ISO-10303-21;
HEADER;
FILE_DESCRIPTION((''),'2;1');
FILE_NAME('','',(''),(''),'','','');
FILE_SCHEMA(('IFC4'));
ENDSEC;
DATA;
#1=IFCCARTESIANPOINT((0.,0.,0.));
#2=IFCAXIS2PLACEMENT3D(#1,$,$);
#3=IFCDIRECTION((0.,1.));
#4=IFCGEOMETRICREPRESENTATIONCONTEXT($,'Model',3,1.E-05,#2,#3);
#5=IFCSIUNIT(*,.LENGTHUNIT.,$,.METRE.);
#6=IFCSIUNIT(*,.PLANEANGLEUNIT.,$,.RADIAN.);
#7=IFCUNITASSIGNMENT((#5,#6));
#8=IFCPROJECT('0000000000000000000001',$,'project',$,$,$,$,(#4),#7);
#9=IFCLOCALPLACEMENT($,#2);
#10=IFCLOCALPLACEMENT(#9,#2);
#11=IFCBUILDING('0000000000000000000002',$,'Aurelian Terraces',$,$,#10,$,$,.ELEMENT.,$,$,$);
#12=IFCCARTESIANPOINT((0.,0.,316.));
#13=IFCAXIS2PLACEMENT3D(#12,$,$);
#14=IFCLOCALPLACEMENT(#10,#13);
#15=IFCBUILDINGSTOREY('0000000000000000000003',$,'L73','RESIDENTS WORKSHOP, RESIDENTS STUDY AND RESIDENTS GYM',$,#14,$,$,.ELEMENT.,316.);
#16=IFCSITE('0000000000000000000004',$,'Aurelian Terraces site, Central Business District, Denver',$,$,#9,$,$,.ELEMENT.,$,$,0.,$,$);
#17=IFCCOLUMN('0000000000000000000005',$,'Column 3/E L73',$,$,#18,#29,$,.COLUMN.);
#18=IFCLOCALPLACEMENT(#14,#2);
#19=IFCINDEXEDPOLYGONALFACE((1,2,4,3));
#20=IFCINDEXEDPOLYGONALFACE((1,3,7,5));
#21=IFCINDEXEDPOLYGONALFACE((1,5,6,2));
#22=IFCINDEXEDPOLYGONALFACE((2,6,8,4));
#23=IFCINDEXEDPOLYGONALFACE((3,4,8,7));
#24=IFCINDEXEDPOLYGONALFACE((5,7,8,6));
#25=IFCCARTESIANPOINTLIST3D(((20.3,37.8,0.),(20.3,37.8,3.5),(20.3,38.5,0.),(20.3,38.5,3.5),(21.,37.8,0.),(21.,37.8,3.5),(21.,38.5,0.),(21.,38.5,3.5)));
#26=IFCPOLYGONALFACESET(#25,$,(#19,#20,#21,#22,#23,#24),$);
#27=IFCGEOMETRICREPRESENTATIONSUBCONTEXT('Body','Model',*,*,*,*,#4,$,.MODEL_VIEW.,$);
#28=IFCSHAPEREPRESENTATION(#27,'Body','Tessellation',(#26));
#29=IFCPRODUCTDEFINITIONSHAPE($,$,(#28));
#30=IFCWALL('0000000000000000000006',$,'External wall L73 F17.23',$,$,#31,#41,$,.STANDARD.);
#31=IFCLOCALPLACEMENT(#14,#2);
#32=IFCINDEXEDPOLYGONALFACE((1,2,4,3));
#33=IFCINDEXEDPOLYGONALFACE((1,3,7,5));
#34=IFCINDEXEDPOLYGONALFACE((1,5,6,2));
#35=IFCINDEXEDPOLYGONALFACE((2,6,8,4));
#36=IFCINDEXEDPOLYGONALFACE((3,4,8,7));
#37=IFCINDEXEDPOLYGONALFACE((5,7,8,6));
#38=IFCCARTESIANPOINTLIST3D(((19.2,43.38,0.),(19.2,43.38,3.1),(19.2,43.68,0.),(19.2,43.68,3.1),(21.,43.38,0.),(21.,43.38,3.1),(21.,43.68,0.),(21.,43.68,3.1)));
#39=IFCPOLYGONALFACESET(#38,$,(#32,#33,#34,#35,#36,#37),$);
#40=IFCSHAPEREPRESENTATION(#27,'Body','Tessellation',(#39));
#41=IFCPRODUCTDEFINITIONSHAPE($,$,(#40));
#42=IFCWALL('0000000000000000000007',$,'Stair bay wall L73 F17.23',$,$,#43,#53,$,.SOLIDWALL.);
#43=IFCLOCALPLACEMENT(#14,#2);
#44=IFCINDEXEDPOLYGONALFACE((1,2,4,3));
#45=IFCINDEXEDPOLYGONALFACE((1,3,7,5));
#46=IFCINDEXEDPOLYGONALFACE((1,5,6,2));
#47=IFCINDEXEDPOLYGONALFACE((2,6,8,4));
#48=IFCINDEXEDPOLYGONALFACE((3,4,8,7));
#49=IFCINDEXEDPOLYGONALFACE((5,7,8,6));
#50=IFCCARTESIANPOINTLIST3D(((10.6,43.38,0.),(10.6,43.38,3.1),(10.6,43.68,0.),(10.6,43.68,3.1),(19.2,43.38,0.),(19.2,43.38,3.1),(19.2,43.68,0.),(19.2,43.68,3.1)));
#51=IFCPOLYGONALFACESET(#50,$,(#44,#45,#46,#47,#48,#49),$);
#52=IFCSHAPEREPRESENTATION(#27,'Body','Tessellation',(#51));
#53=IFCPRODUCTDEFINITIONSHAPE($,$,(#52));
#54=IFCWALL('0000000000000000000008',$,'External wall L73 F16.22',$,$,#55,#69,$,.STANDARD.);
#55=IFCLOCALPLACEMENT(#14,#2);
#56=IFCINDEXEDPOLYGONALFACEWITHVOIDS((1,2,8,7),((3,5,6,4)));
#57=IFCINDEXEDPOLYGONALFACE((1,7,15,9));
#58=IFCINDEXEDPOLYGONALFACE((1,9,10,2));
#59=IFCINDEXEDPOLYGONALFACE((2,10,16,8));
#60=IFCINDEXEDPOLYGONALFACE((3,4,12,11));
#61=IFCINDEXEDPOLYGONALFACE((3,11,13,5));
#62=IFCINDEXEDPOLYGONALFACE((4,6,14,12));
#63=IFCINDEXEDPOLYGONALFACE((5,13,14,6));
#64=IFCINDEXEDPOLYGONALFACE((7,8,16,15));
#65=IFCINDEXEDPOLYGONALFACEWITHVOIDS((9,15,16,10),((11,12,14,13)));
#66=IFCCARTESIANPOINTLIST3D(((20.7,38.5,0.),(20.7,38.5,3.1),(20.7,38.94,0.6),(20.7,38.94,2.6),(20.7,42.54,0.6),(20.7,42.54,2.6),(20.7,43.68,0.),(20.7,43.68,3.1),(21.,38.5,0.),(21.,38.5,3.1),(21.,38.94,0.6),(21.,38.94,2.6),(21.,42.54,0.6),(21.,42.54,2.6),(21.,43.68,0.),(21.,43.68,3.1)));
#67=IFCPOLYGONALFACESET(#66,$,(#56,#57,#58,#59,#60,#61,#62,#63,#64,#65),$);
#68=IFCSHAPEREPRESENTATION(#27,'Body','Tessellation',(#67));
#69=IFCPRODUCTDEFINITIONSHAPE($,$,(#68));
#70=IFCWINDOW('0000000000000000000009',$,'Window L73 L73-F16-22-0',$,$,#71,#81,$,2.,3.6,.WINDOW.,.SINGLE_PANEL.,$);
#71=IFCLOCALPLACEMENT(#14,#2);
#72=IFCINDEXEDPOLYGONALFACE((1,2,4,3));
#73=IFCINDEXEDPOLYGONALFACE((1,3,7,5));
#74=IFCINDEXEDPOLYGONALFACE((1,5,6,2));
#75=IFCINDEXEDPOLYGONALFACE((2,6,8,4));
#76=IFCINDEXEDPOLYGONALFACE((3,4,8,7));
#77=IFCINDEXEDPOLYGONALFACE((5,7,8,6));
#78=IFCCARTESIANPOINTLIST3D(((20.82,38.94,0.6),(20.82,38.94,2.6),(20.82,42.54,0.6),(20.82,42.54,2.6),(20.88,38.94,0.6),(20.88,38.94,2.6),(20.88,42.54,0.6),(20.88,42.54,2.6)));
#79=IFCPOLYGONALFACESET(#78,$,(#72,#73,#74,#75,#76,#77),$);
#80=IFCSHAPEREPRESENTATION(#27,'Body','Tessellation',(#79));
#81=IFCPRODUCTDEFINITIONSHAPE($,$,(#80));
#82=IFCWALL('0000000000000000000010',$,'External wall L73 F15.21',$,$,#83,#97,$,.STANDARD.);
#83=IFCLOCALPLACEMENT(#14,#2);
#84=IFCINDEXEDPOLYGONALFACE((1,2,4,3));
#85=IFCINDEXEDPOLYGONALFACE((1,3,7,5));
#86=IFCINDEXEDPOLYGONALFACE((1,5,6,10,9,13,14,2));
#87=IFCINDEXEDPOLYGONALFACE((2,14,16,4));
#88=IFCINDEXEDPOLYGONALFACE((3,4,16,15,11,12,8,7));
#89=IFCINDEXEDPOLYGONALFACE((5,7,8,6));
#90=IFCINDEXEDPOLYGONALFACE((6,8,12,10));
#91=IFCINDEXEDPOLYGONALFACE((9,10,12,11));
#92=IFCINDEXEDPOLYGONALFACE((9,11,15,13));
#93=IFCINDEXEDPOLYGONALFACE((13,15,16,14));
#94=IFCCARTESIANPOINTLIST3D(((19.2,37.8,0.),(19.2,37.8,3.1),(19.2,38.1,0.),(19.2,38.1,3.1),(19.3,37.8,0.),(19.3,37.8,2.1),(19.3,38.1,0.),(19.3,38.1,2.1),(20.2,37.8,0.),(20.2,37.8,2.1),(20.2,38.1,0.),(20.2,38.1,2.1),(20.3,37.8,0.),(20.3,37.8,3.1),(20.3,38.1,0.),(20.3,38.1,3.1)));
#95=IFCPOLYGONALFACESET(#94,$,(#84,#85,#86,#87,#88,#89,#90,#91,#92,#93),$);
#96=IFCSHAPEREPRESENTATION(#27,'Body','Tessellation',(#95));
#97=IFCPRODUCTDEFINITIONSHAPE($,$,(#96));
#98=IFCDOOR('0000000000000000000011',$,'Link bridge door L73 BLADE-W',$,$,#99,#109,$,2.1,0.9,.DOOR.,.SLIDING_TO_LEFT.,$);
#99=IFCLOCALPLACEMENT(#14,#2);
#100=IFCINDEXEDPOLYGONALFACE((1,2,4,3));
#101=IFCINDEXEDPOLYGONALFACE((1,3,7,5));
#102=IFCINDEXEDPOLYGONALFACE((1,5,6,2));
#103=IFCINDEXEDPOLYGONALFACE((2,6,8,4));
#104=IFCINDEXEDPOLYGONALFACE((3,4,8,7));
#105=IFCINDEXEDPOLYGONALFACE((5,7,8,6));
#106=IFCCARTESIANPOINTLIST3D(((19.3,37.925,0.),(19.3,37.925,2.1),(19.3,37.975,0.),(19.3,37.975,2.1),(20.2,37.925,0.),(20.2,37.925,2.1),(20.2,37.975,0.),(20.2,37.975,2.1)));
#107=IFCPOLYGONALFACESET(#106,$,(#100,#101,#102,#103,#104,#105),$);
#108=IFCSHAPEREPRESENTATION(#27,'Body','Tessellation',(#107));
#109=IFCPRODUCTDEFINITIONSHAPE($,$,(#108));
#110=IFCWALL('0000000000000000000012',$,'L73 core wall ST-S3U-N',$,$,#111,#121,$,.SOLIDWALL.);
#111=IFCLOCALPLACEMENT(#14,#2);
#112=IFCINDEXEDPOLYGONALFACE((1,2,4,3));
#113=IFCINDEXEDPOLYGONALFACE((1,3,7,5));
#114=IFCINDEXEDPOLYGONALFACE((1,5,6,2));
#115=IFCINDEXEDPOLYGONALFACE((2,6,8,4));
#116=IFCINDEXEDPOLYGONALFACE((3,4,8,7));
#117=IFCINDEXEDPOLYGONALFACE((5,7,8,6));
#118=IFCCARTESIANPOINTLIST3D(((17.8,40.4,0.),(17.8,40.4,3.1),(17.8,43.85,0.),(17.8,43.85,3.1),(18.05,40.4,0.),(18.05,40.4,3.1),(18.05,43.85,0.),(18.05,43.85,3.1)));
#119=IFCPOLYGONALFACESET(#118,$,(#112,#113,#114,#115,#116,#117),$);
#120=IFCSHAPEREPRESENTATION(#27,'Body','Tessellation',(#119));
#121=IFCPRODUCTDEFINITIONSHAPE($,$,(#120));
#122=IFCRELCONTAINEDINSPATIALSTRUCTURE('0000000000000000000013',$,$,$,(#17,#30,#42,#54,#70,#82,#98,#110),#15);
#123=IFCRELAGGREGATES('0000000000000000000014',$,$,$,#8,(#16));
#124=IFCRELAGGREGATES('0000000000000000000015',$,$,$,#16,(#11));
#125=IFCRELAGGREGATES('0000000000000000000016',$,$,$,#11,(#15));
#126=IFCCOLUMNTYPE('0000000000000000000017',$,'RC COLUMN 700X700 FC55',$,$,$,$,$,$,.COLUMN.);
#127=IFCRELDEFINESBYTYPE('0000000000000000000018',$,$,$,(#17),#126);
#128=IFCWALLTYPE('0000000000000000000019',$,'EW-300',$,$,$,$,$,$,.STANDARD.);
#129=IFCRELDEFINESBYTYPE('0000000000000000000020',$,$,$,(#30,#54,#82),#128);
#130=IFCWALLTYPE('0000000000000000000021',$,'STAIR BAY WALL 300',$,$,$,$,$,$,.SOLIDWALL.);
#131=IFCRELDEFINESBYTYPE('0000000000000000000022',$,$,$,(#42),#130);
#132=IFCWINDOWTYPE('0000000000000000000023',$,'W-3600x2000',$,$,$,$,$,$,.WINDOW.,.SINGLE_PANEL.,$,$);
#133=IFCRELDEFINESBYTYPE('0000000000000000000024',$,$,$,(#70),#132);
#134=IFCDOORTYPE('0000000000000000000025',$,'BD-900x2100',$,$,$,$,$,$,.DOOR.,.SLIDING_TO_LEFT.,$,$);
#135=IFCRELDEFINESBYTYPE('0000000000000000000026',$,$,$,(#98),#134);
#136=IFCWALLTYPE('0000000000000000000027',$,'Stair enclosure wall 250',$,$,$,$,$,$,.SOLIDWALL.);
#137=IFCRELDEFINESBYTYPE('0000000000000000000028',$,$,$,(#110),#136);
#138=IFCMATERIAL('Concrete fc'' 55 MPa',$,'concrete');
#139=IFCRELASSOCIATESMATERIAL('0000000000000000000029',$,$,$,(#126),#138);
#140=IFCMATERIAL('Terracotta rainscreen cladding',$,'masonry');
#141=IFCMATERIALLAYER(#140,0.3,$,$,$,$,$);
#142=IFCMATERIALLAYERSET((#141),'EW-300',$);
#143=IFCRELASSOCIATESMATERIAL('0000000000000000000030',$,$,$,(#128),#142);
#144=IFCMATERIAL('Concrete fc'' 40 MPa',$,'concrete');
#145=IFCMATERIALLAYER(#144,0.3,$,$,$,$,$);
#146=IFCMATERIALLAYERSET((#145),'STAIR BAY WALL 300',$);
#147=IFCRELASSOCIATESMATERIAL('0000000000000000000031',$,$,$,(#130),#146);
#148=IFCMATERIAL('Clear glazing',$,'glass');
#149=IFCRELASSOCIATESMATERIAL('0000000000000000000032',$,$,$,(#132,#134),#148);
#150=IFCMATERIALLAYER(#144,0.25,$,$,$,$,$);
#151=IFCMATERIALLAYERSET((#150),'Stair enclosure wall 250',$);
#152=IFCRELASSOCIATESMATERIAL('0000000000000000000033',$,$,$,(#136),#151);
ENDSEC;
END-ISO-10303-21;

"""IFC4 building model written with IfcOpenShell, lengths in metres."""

from ifc_helpers import new_model, si_unit, direction, frame, frame_2d, origin, origin_2d, place, context, subcontext, project, spatial, rectangle, extrude, source, transform, mapped, material, layer, layer_set, material_profile, profile_set, type_object, element, fill, save


model = new_model("IFC4")

# Units and contexts
model_context = context("Model", 3, precision=1e-05, world=origin(), true_north=direction((0.0, 1.0)))
body_context = subcontext(model_context, "Body", "Model", "MODEL_VIEW")
ifc_project = project(units=[si_unit("LENGTHUNIT", "METRE"), si_unit("PLANEANGLEUNIT", "RADIAN")], contexts=[model_context])

# Site, building, storey
site_placement = place(None, origin())
site = spatial("IfcSite", under=ifc_project, at=site_placement, Name="Aurelian Terraces site, Central Business District, Denver", CompositionType="ELEMENT", RefElevation=0.0)
building_placement = place(site_placement, origin())
building = spatial("IfcBuilding", under=site, at=building_placement, Name="Aurelian Terraces", CompositionType="ELEMENT")
storey_placement = place(building_placement, frame((0.0, 0.0, 316.0)))
storey = spatial("IfcBuildingStorey", under=building, at=storey_placement, Name="L73", Description="RESIDENTS WORKSHOP, RESIDENTS STUDY AND RESIDENTS GYM", CompositionType="ELEMENT", Elevation=316.0)

# Column
ifc_material_1 = material(Name="Concrete fc' 55 MPa", Category="concrete")
ifc_material_profile = material_profile(ifc_material_1, rectangle(XDim=0.7, YDim=0.7, at=origin_2d()))
ifc_profile_set = profile_set([ifc_material_profile], Name="Concrete fc' 55 MPa")
column_type = type_object("IfcColumnType", Name="RC COLUMN 700X700 FC55", PredefinedType="COLUMN", material=ifc_profile_set)
shared_shape_1 = source(origin(), body_context, "Body", "SweptSolid", [
    extrude(rectangle(XDim=0.7, YDim=0.7, at=origin_2d()), origin(), (0.0, 0.0, 1.0), 3.5),
])
column_placement = place(storey_placement, frame((20.65, 38.15, 0.0), z_axis=(0.0, 0.0, 1.0), x_axis=(1.0, 0.0, 0.0)))
element("IfcColumn", 1, at=column_placement, inside=storey, type_object=column_type, Name="Column 3/E L73", PredefinedType="COLUMN", context=body_context, shape_type="MappedRepresentation", body=[
    mapped(shared_shape_1, transform((0.0, 0.0, 0.0), scale=1.0)),
])

# Walls
ifc_material_2 = material(Name="Terracotta rainscreen cladding", Category="masonry")
ifc_layer_1 = layer(ifc_material_2, 0.3)
ifc_layer_set_1 = layer_set([ifc_layer_1], Name="EW-300")
wall_type_1 = type_object("IfcWallType", Name="EW-300", PredefinedType="STANDARD", material=ifc_layer_set_1)
shared_shape_2 = source(origin(), body_context, "Body", "SweptSolid", [
    extrude(rectangle(XDim=1.8, YDim=0.3, at=frame_2d((0.9, 0.0))), origin(), (0.0, 0.0, 1.0), 3.1),
])
wall_1_placement = place(storey_placement, frame((21.0, 43.53, 0.0), z_axis=(0.0, 0.0, 1.0), x_axis=(-1.0, 0.0, 0.0)))
element("IfcWall", 2, at=wall_1_placement, inside=storey, type_object=wall_type_1, Name="External wall L73 F17.23", PredefinedType="STANDARD", context=body_context, shape_type="MappedRepresentation", body=[
    mapped(shared_shape_2, transform((0.0, 0.0, 0.0), scale=1.0)),
])
ifc_material_3 = material(Name="Concrete fc' 40 MPa", Category="concrete")
ifc_layer_2 = layer(ifc_material_3, 0.3)
ifc_layer_set_2 = layer_set([ifc_layer_2], Name="STAIR BAY WALL 300")
wall_type_2 = type_object("IfcWallType", Name="STAIR BAY WALL 300", PredefinedType="SOLIDWALL", material=ifc_layer_set_2)
shared_shape_3 = source(origin(), body_context, "Body", "SweptSolid", [
    extrude(rectangle(XDim=8.6, YDim=0.3, at=frame_2d((4.3, 0.0))), origin(), (0.0, 0.0, 1.0), 3.1),
])
wall_2_placement = place(storey_placement, frame((19.2, 43.53, 0.0), z_axis=(0.0, 0.0, 1.0), x_axis=(-1.0, 0.0, 0.0)))
element("IfcWall", 3, at=wall_2_placement, inside=storey, type_object=wall_type_2, Name="Stair bay wall L73 F17.23", PredefinedType="SOLIDWALL", context=body_context, shape_type="MappedRepresentation", body=[
    mapped(shared_shape_3, transform((0.0, 0.0, 0.0), scale=1.0)),
])

# Wall, opening, window
shared_shape_4 = source(origin(), body_context, "Body", "SweptSolid", [
    extrude(rectangle(XDim=5.18, YDim=0.3, at=frame_2d((2.59, 0.0))), origin(), (0.0, 0.0, 1.0), 3.1),
])
wall_3_placement = place(storey_placement, frame((20.85, 38.5, 0.0), z_axis=(0.0, 0.0, 1.0), x_axis=(0.0, 1.0, 0.0)))
wall_3 = element("IfcWall", 4, at=wall_3_placement, inside=storey, type_object=wall_type_1, Name="External wall L73 F16.22", PredefinedType="STANDARD", context=body_context, shape_type="MappedRepresentation", body=[
    mapped(shared_shape_4, transform((0.0, 0.0, 0.0), scale=1.0)),
])
shared_shape_5 = source(origin(), body_context, "Body", "SweptSolid", [
    extrude(rectangle(XDim=3.6, YDim=2.0, at=frame_2d((1.8, 1.0))), frame((0.0, 0.16, 0.0), z_axis=(0.0, -1.0, 0.0), x_axis=(1.0, 0.0, 0.0)), (0.0, 0.0, 1.0), 0.32),
])
opening_1_placement = place(wall_3_placement, frame((0.44, 0.0, 0.6)))
opening_1 = element("IfcOpeningElement", 5, at=opening_1_placement, cuts=wall_3, PredefinedType="OPENING", context=body_context, shape_type="MappedRepresentation", body=[
    mapped(shared_shape_5, transform((0.0, 0.0, 0.0), scale=1.0)),
])
ifc_material_4 = material(Name="Clear glazing", Category="glass")
window_type = type_object("IfcWindowType", Name="W-3600x2000", PartitioningType="SINGLE_PANEL", PredefinedType="WINDOW", material=ifc_material_4)
shared_shape_6 = source(origin(), body_context, "Body", "SweptSolid", [
    extrude(rectangle(XDim=3.6, YDim=2.0, at=frame_2d((1.8, 1.0))), frame((0.0, 0.03, 0.0), z_axis=(0.0, -1.0, 0.0), x_axis=(1.0, 0.0, 0.0)), (0.0, 0.0, 1.0), 0.06),
])
window_placement = place(opening_1_placement, origin())
window = element("IfcWindow", 6, at=window_placement, inside=storey, type_object=window_type, Name="Window L73 L73-F16-22-0", OverallHeight=2.0, OverallWidth=3.6, PartitioningType="SINGLE_PANEL", PredefinedType="WINDOW", context=body_context, shape_type="MappedRepresentation", body=[
    mapped(shared_shape_6, transform((0.0, 0.0, 0.0), scale=1.0)),
])
fill(opening_1, window)

# Wall, opening, door
shared_shape_7 = source(origin(), body_context, "Body", "SweptSolid", [
    extrude(rectangle(XDim=1.1, YDim=0.3, at=frame_2d((0.55, 0.0))), origin(), (0.0, 0.0, 1.0), 3.1),
])
wall_4_placement = place(storey_placement, frame((19.2, 37.95, 0.0), z_axis=(0.0, 0.0, 1.0), x_axis=(1.0, 0.0, 0.0)))
wall_4 = element("IfcWall", 7, at=wall_4_placement, inside=storey, type_object=wall_type_1, Name="External wall L73 F15.21", PredefinedType="STANDARD", context=body_context, shape_type="MappedRepresentation", body=[
    mapped(shared_shape_7, transform((0.0, 0.0, 0.0), scale=1.0)),
])
opening_2_placement = place(wall_4_placement, frame((0.1, 0.0, 0.0)))
opening_2 = element("IfcOpeningElement", 8, at=opening_2_placement, cuts=wall_4, PredefinedType="OPENING", context=body_context, shape_type="SweptSolid", body=[
    extrude(rectangle(XDim=0.9, YDim=2.1, at=frame_2d((0.45, 1.05))), frame((0.0, 0.16, 0.0), z_axis=(0.0, -1.0, 0.0), x_axis=(1.0, 0.0, 0.0)), (0.0, 0.0, 1.0), 0.32),
])
door_type_1 = type_object("IfcDoorType", Name="BD-900x2100", OperationType="SLIDING_TO_LEFT", PredefinedType="DOOR", material=ifc_material_4)
door_1_placement = place(opening_2_placement, origin())
door_1 = element("IfcDoor", 9, at=door_1_placement, inside=storey, type_object=door_type_1, Name="Link bridge door L73 BLADE-W", OperationType="SLIDING_TO_LEFT", OverallHeight=2.1, OverallWidth=0.9, PredefinedType="DOOR", context=body_context, shape_type="SweptSolid", body=[
    extrude(rectangle(XDim=0.9, YDim=2.1, at=frame_2d((0.45, 1.05))), frame((0.0, 0.025, 0.0), z_axis=(0.0, -1.0, 0.0), x_axis=(1.0, 0.0, 0.0)), (0.0, 0.0, 1.0), 0.05),
])
fill(opening_2, door_1)

# Wall
ifc_layer_3 = layer(ifc_material_3, 0.25)
ifc_layer_set_3 = layer_set([ifc_layer_3], Name="Stair enclosure wall 250")
wall_type_3 = type_object("IfcWallType", Name="Stair enclosure wall 250", PredefinedType="SOLIDWALL", material=ifc_layer_set_3)
shared_shape_8 = source(origin(), body_context, "Body", "SweptSolid", [
    extrude(rectangle(XDim=3.45, YDim=0.25, at=frame_2d((1.725, 0.0))), origin(), (0.0, 0.0, 1.0), 3.1),
])
wall_5_placement = place(storey_placement, frame((17.925, 40.4, 0.0), z_axis=(0.0, 0.0, 1.0), x_axis=(0.0, 1.0, 0.0)))
element("IfcWall", 10, at=wall_5_placement, inside=storey, type_object=wall_type_3, Name="L73 core wall ST-S3U-N", PredefinedType="SOLIDWALL", context=body_context, shape_type="MappedRepresentation", body=[
    mapped(shared_shape_8, transform((0.0, 0.0, 0.0), scale=1.0)),
])

save(model, "model.ifc")
